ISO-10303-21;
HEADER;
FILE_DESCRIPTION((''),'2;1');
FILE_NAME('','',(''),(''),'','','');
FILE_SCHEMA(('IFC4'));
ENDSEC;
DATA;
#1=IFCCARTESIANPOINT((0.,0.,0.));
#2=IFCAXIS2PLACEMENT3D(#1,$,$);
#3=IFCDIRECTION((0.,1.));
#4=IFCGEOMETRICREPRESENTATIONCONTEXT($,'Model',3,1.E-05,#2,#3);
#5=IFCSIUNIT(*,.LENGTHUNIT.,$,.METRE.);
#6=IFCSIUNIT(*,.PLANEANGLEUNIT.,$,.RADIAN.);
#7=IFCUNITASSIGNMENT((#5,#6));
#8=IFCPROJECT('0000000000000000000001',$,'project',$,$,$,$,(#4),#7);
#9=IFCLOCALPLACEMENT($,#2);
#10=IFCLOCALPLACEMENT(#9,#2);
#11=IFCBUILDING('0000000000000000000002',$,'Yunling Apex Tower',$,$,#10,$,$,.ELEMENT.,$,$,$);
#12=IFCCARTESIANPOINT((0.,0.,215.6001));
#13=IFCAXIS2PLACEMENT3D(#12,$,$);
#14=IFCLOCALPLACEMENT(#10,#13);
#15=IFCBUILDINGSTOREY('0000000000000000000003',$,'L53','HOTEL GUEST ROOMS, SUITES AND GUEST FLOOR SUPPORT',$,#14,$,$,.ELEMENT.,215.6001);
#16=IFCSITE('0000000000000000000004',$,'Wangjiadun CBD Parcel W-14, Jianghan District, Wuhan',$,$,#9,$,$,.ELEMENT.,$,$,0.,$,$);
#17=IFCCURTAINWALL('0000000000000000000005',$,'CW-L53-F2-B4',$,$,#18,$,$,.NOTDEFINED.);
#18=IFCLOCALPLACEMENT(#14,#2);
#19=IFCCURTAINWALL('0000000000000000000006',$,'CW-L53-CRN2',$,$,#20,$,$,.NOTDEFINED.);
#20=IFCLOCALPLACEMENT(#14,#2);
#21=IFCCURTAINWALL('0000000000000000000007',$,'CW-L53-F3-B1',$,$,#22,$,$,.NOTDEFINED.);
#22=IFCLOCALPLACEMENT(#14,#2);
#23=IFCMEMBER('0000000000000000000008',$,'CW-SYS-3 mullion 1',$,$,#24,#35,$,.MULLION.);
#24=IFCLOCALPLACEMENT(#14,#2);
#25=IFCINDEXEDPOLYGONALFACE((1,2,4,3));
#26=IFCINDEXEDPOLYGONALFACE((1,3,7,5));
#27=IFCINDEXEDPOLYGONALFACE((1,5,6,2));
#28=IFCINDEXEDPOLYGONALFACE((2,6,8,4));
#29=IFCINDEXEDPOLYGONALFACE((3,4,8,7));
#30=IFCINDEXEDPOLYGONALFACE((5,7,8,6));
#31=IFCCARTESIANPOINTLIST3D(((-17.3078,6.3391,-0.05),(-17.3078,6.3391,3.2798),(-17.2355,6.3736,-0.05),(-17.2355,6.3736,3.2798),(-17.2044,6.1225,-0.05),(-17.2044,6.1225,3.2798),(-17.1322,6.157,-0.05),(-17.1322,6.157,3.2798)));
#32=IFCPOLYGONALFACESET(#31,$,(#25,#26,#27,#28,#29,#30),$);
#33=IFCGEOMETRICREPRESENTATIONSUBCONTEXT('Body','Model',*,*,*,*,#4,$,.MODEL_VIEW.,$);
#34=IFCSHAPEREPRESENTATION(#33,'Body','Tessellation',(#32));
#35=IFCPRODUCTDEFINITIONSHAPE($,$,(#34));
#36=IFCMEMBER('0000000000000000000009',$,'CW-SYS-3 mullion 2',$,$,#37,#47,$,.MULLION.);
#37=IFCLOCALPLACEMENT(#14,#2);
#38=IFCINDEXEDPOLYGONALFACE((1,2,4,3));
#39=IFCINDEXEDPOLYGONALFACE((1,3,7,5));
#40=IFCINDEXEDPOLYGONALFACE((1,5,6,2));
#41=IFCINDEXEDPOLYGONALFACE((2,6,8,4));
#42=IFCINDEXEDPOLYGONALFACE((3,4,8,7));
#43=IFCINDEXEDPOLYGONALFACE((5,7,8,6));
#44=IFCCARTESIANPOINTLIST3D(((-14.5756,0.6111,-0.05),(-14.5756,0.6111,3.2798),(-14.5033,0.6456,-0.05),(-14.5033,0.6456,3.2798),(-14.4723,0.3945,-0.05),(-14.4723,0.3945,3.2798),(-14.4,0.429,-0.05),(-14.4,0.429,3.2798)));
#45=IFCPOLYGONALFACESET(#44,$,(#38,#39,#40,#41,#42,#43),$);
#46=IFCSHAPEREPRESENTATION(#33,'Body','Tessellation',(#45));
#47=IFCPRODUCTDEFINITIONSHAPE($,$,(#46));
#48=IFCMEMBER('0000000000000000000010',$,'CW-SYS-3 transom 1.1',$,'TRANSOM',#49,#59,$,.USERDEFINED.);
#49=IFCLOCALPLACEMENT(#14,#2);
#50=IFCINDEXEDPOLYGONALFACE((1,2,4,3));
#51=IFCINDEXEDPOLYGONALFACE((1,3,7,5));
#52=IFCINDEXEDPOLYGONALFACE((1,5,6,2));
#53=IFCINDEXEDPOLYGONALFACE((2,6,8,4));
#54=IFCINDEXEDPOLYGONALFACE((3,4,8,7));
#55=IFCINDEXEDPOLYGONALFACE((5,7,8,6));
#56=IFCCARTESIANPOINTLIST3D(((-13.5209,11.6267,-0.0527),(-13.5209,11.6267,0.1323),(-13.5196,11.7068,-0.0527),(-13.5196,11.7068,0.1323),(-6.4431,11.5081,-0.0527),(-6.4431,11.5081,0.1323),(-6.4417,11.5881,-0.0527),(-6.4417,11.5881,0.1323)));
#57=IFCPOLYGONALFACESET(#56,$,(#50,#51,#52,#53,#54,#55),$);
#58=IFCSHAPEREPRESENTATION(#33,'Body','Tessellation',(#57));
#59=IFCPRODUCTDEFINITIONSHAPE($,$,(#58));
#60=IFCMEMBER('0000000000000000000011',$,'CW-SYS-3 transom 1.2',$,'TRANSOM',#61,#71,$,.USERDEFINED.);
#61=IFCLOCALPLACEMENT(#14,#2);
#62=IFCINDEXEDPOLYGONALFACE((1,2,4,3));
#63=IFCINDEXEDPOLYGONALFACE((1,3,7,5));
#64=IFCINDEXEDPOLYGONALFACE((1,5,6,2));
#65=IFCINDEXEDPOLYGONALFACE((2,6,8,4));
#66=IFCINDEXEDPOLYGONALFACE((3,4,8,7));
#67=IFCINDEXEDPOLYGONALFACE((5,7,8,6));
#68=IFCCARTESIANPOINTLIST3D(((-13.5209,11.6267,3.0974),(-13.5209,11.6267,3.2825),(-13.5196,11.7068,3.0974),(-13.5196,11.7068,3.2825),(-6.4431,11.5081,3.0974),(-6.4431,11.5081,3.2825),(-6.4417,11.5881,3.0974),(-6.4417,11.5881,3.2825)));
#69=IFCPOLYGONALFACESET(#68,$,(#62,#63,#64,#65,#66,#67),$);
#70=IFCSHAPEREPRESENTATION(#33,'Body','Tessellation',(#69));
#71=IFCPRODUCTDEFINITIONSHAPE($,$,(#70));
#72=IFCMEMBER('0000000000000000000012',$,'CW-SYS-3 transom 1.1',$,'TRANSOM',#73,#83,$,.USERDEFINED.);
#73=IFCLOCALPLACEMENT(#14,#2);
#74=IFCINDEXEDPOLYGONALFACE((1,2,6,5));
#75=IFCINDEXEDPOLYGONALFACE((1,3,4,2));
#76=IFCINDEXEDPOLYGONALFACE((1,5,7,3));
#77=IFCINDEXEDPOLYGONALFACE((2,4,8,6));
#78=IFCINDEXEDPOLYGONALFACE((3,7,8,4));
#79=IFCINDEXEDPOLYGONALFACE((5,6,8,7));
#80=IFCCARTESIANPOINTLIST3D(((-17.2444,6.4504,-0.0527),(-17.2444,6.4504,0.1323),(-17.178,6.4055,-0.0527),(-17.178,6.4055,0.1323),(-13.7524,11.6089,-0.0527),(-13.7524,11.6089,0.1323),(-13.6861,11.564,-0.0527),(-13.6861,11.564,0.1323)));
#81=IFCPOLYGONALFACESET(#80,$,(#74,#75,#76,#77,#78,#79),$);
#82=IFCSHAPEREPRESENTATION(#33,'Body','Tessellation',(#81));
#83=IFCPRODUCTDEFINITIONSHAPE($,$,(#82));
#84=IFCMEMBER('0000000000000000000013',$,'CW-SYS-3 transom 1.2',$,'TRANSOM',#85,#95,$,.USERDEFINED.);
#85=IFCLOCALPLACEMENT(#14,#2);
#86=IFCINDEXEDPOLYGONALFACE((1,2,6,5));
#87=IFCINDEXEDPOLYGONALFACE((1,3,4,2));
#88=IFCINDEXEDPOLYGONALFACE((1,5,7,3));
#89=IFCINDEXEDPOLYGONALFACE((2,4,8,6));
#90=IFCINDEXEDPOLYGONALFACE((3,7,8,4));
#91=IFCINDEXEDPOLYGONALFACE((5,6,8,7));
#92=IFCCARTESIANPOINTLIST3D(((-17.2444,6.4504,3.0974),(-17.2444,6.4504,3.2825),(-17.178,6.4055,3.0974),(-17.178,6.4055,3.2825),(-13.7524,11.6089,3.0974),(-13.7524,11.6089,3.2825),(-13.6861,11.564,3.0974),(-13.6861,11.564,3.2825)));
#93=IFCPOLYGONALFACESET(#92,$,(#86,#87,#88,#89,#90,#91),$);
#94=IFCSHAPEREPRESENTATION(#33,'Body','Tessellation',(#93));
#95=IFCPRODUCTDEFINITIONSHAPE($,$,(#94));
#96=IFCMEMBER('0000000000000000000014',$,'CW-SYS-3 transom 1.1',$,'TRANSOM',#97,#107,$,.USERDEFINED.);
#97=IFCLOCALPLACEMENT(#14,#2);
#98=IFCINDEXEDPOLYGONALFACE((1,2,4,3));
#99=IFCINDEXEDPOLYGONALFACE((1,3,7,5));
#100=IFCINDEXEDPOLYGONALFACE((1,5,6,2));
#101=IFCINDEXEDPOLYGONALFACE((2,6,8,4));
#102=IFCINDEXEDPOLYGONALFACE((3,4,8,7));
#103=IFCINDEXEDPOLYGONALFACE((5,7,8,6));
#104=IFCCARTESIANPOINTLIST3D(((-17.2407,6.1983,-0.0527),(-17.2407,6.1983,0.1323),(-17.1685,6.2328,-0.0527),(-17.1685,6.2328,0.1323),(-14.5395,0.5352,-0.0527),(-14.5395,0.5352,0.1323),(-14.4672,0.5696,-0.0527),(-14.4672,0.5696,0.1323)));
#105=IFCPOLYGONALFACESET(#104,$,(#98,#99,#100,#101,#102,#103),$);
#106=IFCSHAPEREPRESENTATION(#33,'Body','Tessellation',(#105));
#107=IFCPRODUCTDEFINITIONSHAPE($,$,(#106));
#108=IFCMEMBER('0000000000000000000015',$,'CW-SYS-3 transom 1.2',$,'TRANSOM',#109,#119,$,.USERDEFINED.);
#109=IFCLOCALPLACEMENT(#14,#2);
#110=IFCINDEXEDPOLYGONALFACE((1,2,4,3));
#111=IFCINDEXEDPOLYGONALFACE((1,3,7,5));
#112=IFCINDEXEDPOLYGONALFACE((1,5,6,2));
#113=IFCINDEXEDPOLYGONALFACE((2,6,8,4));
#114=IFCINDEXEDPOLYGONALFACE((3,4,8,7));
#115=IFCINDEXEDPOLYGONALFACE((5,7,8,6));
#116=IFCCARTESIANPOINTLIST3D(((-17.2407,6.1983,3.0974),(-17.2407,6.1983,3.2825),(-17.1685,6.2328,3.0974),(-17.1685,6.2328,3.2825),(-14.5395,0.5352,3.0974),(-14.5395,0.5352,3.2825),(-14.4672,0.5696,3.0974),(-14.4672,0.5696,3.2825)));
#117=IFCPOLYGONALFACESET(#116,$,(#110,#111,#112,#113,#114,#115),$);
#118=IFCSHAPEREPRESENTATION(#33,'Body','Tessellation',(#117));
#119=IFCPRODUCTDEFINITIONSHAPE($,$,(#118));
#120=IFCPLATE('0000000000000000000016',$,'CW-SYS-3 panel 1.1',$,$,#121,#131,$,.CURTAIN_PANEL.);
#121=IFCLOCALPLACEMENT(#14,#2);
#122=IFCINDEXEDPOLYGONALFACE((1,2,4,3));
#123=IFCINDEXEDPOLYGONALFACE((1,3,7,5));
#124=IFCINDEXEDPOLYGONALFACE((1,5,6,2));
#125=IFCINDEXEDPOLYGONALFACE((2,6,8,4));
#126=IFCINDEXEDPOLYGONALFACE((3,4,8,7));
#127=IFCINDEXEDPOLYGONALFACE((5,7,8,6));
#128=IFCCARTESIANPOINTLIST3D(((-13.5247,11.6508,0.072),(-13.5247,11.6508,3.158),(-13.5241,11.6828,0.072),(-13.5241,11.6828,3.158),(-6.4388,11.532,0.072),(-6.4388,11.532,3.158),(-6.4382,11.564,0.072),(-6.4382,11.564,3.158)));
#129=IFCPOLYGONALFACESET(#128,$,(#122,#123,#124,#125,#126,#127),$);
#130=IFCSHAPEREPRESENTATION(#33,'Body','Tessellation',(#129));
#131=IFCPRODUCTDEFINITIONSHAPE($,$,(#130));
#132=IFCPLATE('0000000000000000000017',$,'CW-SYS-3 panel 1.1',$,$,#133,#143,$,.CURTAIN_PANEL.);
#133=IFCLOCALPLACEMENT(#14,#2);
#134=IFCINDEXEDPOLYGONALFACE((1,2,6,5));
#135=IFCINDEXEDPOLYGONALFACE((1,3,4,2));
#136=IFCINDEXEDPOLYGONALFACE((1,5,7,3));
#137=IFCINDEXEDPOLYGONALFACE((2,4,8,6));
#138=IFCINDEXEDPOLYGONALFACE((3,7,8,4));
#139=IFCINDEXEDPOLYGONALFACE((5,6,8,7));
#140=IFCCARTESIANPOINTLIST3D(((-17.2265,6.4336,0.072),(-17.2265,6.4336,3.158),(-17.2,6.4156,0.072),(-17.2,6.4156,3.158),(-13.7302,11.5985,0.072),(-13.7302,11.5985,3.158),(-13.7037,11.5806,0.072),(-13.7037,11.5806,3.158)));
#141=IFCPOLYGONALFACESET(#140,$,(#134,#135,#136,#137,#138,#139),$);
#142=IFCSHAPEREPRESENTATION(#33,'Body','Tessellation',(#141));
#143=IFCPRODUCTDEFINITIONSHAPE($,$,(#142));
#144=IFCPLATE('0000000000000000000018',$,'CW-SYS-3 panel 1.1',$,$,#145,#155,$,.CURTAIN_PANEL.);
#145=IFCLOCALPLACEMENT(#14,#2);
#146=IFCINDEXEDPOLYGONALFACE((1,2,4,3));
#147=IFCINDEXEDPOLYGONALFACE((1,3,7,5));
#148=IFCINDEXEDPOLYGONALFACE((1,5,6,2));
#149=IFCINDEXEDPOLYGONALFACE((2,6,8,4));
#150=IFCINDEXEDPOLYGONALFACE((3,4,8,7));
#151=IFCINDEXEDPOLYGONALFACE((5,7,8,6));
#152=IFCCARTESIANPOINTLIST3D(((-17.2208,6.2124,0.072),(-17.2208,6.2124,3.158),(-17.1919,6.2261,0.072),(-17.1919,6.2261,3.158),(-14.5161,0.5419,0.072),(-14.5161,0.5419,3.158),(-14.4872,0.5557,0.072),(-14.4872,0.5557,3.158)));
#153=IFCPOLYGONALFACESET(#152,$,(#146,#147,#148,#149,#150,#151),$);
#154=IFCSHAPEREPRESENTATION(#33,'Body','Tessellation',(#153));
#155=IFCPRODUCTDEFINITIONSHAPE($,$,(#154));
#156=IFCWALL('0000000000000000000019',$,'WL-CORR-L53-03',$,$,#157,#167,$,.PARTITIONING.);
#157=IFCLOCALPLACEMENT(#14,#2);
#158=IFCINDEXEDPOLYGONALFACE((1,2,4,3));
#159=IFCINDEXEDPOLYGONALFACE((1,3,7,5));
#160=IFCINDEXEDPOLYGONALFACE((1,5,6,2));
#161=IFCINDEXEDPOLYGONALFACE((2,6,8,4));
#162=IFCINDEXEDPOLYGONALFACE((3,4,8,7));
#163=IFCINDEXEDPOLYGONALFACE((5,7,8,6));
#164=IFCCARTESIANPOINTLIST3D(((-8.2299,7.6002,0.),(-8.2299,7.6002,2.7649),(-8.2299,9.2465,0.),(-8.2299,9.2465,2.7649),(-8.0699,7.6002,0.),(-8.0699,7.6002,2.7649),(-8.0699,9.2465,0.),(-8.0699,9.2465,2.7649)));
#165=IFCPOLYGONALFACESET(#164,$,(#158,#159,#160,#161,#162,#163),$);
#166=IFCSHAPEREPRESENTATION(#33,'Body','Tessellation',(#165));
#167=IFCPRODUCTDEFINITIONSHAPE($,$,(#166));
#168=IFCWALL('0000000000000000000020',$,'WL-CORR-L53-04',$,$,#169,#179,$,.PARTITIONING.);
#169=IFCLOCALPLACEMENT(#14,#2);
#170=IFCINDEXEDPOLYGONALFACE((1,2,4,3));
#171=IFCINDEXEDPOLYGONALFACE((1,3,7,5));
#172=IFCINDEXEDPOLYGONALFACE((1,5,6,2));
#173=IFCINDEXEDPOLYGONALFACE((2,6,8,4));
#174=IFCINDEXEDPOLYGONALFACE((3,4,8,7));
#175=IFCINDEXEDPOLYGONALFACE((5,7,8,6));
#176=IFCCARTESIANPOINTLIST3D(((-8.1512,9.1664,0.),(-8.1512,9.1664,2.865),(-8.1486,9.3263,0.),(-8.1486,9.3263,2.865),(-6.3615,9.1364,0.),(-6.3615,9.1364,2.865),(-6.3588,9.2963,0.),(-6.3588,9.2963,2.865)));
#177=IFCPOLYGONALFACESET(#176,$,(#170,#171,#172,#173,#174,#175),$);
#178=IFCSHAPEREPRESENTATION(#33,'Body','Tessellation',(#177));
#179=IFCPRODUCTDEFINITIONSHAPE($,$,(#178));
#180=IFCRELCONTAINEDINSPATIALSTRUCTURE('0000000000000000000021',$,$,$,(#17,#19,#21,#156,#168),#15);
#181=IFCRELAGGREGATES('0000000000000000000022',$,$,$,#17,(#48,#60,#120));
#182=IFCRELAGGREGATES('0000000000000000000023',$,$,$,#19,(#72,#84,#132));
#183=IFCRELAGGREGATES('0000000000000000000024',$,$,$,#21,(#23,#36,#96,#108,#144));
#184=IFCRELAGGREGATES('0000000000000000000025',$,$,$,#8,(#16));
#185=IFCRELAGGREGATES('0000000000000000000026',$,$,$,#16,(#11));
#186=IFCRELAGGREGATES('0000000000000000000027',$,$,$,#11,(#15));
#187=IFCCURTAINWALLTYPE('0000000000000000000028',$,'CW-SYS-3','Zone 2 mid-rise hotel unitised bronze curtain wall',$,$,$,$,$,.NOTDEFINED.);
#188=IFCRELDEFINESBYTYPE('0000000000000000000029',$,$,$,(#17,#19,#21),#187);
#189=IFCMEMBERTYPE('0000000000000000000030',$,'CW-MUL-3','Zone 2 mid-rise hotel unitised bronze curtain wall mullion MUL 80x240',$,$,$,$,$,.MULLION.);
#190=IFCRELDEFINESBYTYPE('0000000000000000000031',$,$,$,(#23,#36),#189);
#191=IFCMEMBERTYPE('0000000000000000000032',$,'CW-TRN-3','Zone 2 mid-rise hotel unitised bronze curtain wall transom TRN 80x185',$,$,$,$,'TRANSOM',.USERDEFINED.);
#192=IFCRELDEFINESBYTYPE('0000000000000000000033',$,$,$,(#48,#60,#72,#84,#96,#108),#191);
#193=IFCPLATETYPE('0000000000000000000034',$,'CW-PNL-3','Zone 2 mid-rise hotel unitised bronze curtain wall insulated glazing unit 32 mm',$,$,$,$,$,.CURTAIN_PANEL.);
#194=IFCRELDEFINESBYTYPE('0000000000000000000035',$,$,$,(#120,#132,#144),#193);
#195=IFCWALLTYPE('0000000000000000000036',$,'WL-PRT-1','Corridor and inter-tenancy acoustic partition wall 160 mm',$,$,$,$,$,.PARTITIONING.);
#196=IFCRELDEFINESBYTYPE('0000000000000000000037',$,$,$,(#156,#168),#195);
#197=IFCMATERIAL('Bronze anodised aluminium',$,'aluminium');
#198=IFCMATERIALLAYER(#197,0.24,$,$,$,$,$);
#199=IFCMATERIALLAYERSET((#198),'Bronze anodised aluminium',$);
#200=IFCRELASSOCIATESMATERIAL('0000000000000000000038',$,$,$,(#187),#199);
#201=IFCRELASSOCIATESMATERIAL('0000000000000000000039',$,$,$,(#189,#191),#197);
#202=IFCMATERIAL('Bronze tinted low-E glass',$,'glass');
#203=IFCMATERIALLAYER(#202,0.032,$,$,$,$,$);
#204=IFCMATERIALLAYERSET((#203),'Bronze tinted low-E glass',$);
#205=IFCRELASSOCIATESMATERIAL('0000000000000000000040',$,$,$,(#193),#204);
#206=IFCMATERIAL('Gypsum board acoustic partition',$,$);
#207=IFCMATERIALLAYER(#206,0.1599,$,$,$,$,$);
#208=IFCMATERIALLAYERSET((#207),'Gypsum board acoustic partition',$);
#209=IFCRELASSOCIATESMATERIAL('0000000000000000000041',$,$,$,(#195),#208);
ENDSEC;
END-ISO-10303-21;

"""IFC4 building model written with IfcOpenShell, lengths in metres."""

from ifc_helpers import new_model, si_unit, direction, frame, frame_2d, origin, origin_2d, place, context, subcontext, project, spatial, rectangle, extrude, source, transform, mapped, material, layer, layer_set, material_profile, profile_set, type_object, element, aggregate, save


model = new_model("IFC4")

# Units and contexts
model_context = context("Model", 3, precision=1e-05, world=origin(), true_north=direction((0.0, 1.0)))
body_context = subcontext(model_context, "Body", "Model", "MODEL_VIEW")
ifc_project = project(units=[si_unit("LENGTHUNIT", "METRE"), si_unit("PLANEANGLEUNIT", "RADIAN")], contexts=[model_context])

# Site, building, storey
site_placement = place(None, origin())
site = spatial("IfcSite", under=ifc_project, at=site_placement, Name="Wangjiadun CBD Parcel W-14, Jianghan District, Wuhan", CompositionType="ELEMENT", RefElevation=0.0)
building_placement = place(site_placement, origin())
building = spatial("IfcBuilding", under=site, at=building_placement, Name="Yunling Apex Tower", CompositionType="ELEMENT")
storey_placement = place(building_placement, frame((0.0, 0.0, 215.6001)))
storey = spatial("IfcBuildingStorey", under=building, at=storey_placement, Name="L53", Description="HOTEL GUEST ROOMS, SUITES AND GUEST FLOOR SUPPORT", CompositionType="ELEMENT", Elevation=215.6001)

# Curtain wall
ifc_material_1 = material(Name="Bronze anodised aluminium", Category="aluminium")
ifc_layer_1 = layer(ifc_material_1, 0.24)
ifc_layer_set_1 = layer_set([ifc_layer_1], Name="Bronze anodised aluminium")
curtain_wall_type = type_object("IfcCurtainWallType", Name="CW-SYS-3", Description="Zone 2 mid-rise hotel unitised bronze curtain wall", PredefinedType="NOTDEFINED", material=ifc_layer_set_1)
curtain_wall_1_placement = place(storey_placement, origin())
curtain_wall_1 = element("IfcCurtainWall", 1, at=curtain_wall_1_placement, inside=storey, type_object=curtain_wall_type, Name="CW-L53-F2-B4", PredefinedType="NOTDEFINED")
ifc_material_profile_1 = material_profile(ifc_material_1, rectangle(XDim=0.0801, YDim=0.24, at=origin_2d()))
ifc_profile_set_1 = profile_set([ifc_material_profile_1], Name="Bronze anodised aluminium")
member_type_1 = type_object("IfcMemberType", Name="CW-MUL-3", Description="Zone 2 mid-rise hotel unitised bronze curtain wall mullion MUL 80x240", PredefinedType="MULLION", material=ifc_profile_set_1)
shared_shape_1 = source(origin(), body_context, "Body", "SweptSolid", [
    extrude(rectangle(XDim=0.0801, YDim=0.24, at=origin_2d()), origin(), (0.0, 0.0, 1.0), 3.3298),
])

# Curtain walls, members
curtain_wall_2_placement = place(storey_placement, origin())
curtain_wall_2 = element("IfcCurtainWall", 2, at=curtain_wall_2_placement, inside=storey, type_object=curtain_wall_type, Name="CW-L53-CRN2", PredefinedType="NOTDEFINED")
curtain_wall_3_placement = place(storey_placement, origin())
curtain_wall_3 = element("IfcCurtainWall", 3, at=curtain_wall_3_placement, inside=storey, type_object=curtain_wall_type, Name="CW-L53-F3-B1", PredefinedType="NOTDEFINED")
member_1_placement = place(storey_placement, frame((-17.22, 6.248, -0.05), z_axis=(0.0, 0.0, 1.0), x_axis=(0.902582, 0.430518, 0.0)))
member_1 = element("IfcMember", 4, at=member_1_placement, type_object=member_type_1, Name="CW-SYS-3 mullion 1", PredefinedType="MULLION", context=body_context, shape_type="MappedRepresentation", body=[
    mapped(shared_shape_1, transform((0.0, 0.0, 0.0), scale=1.0)),
])
member_2_placement = place(storey_placement, frame((-14.4878, 0.52, -0.05), z_axis=(0.0, 0.0, 1.0), x_axis=(0.902582, 0.430518, 0.0)))
member_2 = element("IfcMember", 5, at=member_2_placement, type_object=member_type_1, Name="CW-SYS-3 mullion 2", PredefinedType="MULLION", context=body_context, shape_type="MappedRepresentation", body=[
    mapped(shared_shape_1, transform((0.0, 0.0, 0.0), scale=1.0)),
])

# Members
ifc_material_profile_2 = material_profile(ifc_material_1, rectangle(XDim=0.0801, YDim=0.1851, at=origin_2d()))
ifc_profile_set_2 = profile_set([ifc_material_profile_2], Name="Bronze anodised aluminium")
member_type_2 = type_object("IfcMemberType", Name="CW-TRN-3", Description="Zone 2 mid-rise hotel unitised bronze curtain wall transom TRN 80x185", ElementType="TRANSOM", PredefinedType="USERDEFINED", material=ifc_profile_set_2)
shared_shape_2 = source(origin(), body_context, "Body", "SweptSolid", [
    extrude(rectangle(XDim=0.0801, YDim=0.1851, at=origin_2d()), origin(), (0.0, 0.0, 1.0), 7.0789),
])
member_3_placement = place(storey_placement, frame((-6.4424, 11.5481, 0.0398), z_axis=(-0.99986, 0.016761, 0.0), x_axis=(-0.016761, -0.99986, 0.0)))
member_3 = element("IfcMember", 6, at=member_3_placement, type_object=member_type_2, Name="CW-SYS-3 transom 1.1", ObjectType="TRANSOM", PredefinedType="USERDEFINED", context=body_context, shape_type="MappedRepresentation", body=[
    mapped(shared_shape_2, transform((0.0, 0.0, 0.0), scale=1.0)),
])
member_4_placement = place(storey_placement, frame((-6.4424, 11.5481, 3.1899), z_axis=(-0.99986, 0.016761, 0.0), x_axis=(-0.016761, -0.99986, 0.0)))
member_4 = element("IfcMember", 7, at=member_4_placement, type_object=member_type_2, Name="CW-SYS-3 transom 1.2", ObjectType="TRANSOM", PredefinedType="USERDEFINED", context=body_context, shape_type="MappedRepresentation", body=[
    mapped(shared_shape_2, transform((0.0, 0.0, 0.0), scale=1.0)),
])
shared_shape_3 = source(origin(), body_context, "Body", "SweptSolid", [
    extrude(rectangle(XDim=0.0801, YDim=0.1851, at=origin_2d()), origin(), (0.0, 0.0, 1.0), 6.2292),
])
member_5_placement = place(storey_placement, frame((-13.7192, 11.5864, 0.0398), z_axis=(-0.560574, -0.828104, 0.0), x_axis=(0.828104, -0.560574, 0.0)))
member_5 = element("IfcMember", 8, at=member_5_placement, type_object=member_type_2, Name="CW-SYS-3 transom 1.1", ObjectType="TRANSOM", PredefinedType="USERDEFINED", context=body_context, shape_type="MappedRepresentation", body=[
    mapped(shared_shape_3, transform((0.0, 0.0, 0.0), scale=1.0)),
])
member_6_placement = place(storey_placement, frame((-13.7192, 11.5864, 3.1899), z_axis=(-0.560574, -0.828104, 0.0), x_axis=(0.828104, -0.560574, 0.0)))
member_6 = element("IfcMember", 9, at=member_6_placement, type_object=member_type_2, Name="CW-SYS-3 transom 1.2", ObjectType="TRANSOM", PredefinedType="USERDEFINED", context=body_context, shape_type="MappedRepresentation", body=[
    mapped(shared_shape_3, transform((0.0, 0.0, 0.0), scale=1.0)),
])
shared_shape_4 = source(origin(), body_context, "Body", "SweptSolid", [
    extrude(rectangle(XDim=0.0801, YDim=0.1851, at=origin_2d()), origin(), (0.0, 0.0, 1.0), 6.2744),
])
member_7_placement = place(storey_placement, frame((-17.2046, 6.2156, 0.0398), z_axis=(0.430513, -0.902584, 0.0), x_axis=(0.902584, 0.430513, 0.0)))
member_7 = element("IfcMember", 10, at=member_7_placement, type_object=member_type_2, Name="CW-SYS-3 transom 1.1", ObjectType="TRANSOM", PredefinedType="USERDEFINED", context=body_context, shape_type="MappedRepresentation", body=[
    mapped(shared_shape_4, transform((0.0, 0.0, 0.0), scale=1.0)),
])
member_8_placement = place(storey_placement, frame((-17.2046, 6.2156, 3.1899), z_axis=(0.430513, -0.902584, 0.0), x_axis=(0.902584, 0.430513, 0.0)))
member_8 = element("IfcMember", 11, at=member_8_placement, type_object=member_type_2, Name="CW-SYS-3 transom 1.2", ObjectType="TRANSOM", PredefinedType="USERDEFINED", context=body_context, shape_type="MappedRepresentation", body=[
    mapped(shared_shape_4, transform((0.0, 0.0, 0.0), scale=1.0)),
])

# Plates
ifc_material_2 = material(Name="Bronze tinted low-E glass", Category="glass")
ifc_layer_2 = layer(ifc_material_2, 0.032)
ifc_layer_set_2 = layer_set([ifc_layer_2], Name="Bronze tinted low-E glass")
plate_type = type_object("IfcPlateType", Name="CW-PNL-3", Description="Zone 2 mid-rise hotel unitised bronze curtain wall insulated glazing unit 32 mm", PredefinedType="CURTAIN_PANEL", material=ifc_layer_set_2)
shared_shape_5 = source(origin(), body_context, "Body", "SweptSolid", [
    extrude(rectangle(XDim=7.0869, YDim=0.032, at=origin_2d()), origin(), (0.0, 0.0, 1.0), 3.0859),
])
plate_1_placement = place(storey_placement, frame((-9.9814, 11.6074, 0.072), z_axis=(0.0, 0.0, 1.0), x_axis=(-0.99986, 0.016761, 0.0)))
plate_1 = element("IfcPlate", 12, at=plate_1_placement, type_object=plate_type, Name="CW-SYS-3 panel 1.1", PredefinedType="CURTAIN_PANEL", context=body_context, shape_type="MappedRepresentation", body=[
    mapped(shared_shape_5, transform((0.0, 0.0, 0.0), scale=1.0)),
])
aggregate(curtain_wall_1, [member_3, member_4, plate_1])
shared_shape_6 = source(origin(), body_context, "Body", "SweptSolid", [
    extrude(rectangle(XDim=6.2371, YDim=0.032, at=origin_2d()), origin(), (0.0, 0.0, 1.0), 3.0859),
])
plate_2_placement = place(storey_placement, frame((-15.4651, 9.0071, 0.072), z_axis=(0.0, 0.0, 1.0), x_axis=(-0.56057, -0.828107, 0.0)))
plate_2 = element("IfcPlate", 13, at=plate_2_placement, type_object=plate_type, Name="CW-SYS-3 panel 1.1", PredefinedType="CURTAIN_PANEL", context=body_context, shape_type="MappedRepresentation", body=[
    mapped(shared_shape_6, transform((0.0, 0.0, 0.0), scale=1.0)),
])
aggregate(curtain_wall_2, [member_5, member_6, plate_2])
shared_shape_7 = source(origin(), body_context, "Body", "SweptSolid", [
    extrude(rectangle(XDim=6.2825, YDim=0.032, at=origin_2d()), origin(), (0.0, 0.0, 1.0), 3.0859),
])
plate_3_placement = place(storey_placement, frame((-15.854, 3.384, 0.072), z_axis=(0.0, 0.0, 1.0), x_axis=(0.430518, -0.902582, 0.0)))
plate_3 = element("IfcPlate", 14, at=plate_3_placement, type_object=plate_type, Name="CW-SYS-3 panel 1.1", PredefinedType="CURTAIN_PANEL", context=body_context, shape_type="MappedRepresentation", body=[
    mapped(shared_shape_7, transform((0.0, 0.0, 0.0), scale=1.0)),
])
aggregate(curtain_wall_3, [member_1, member_2, member_7, member_8, plate_3])

# Walls
ifc_material_3 = material(Name="Gypsum board acoustic partition")
ifc_layer_3 = layer(ifc_material_3, 0.1599)
ifc_layer_set_3 = layer_set([ifc_layer_3], Name="Gypsum board acoustic partition")
wall_type_1 = type_object("IfcWallType", Name="WL-PRT-1", Description="Corridor and inter-tenancy acoustic partition wall 160 mm", PredefinedType="PARTITIONING", material=ifc_layer_set_3)
wall_1_placement = place(storey_placement, frame((-8.1499, 7.6001, 0.0), z_axis=(0.0, 0.0, 1.0), x_axis=(0.0, 1.0, 0.0)))
element("IfcWall", 15, at=wall_1_placement, inside=storey, type_object=wall_type_1, Name="WL-CORR-L53-03", PredefinedType="PARTITIONING", context=body_context, shape_type="SweptSolid", body=[
    extrude(rectangle(XDim=1.6462, YDim=0.1599, at=frame_2d((0.8232, 0.0))), origin(), (0.0, 0.0, 1.0), 2.7649),
])
wall_2_placement = place(storey_placement, frame((-8.1499, 9.2463, 0.0), z_axis=(0.0, 0.0, 1.0), x_axis=(0.999859, -0.016776, 0.0)))
element("IfcWall", 16, at=wall_2_placement, inside=storey, type_object=wall_type_1, Name="WL-CORR-L53-04", PredefinedType="PARTITIONING", context=body_context, shape_type="SweptSolid", body=[
    extrude(rectangle(XDim=1.79, YDim=0.1599, at=frame_2d((0.895, 0.0))), origin(), (0.0, 0.0, 1.0), 2.865),
])

save(model, "model.ifc")
